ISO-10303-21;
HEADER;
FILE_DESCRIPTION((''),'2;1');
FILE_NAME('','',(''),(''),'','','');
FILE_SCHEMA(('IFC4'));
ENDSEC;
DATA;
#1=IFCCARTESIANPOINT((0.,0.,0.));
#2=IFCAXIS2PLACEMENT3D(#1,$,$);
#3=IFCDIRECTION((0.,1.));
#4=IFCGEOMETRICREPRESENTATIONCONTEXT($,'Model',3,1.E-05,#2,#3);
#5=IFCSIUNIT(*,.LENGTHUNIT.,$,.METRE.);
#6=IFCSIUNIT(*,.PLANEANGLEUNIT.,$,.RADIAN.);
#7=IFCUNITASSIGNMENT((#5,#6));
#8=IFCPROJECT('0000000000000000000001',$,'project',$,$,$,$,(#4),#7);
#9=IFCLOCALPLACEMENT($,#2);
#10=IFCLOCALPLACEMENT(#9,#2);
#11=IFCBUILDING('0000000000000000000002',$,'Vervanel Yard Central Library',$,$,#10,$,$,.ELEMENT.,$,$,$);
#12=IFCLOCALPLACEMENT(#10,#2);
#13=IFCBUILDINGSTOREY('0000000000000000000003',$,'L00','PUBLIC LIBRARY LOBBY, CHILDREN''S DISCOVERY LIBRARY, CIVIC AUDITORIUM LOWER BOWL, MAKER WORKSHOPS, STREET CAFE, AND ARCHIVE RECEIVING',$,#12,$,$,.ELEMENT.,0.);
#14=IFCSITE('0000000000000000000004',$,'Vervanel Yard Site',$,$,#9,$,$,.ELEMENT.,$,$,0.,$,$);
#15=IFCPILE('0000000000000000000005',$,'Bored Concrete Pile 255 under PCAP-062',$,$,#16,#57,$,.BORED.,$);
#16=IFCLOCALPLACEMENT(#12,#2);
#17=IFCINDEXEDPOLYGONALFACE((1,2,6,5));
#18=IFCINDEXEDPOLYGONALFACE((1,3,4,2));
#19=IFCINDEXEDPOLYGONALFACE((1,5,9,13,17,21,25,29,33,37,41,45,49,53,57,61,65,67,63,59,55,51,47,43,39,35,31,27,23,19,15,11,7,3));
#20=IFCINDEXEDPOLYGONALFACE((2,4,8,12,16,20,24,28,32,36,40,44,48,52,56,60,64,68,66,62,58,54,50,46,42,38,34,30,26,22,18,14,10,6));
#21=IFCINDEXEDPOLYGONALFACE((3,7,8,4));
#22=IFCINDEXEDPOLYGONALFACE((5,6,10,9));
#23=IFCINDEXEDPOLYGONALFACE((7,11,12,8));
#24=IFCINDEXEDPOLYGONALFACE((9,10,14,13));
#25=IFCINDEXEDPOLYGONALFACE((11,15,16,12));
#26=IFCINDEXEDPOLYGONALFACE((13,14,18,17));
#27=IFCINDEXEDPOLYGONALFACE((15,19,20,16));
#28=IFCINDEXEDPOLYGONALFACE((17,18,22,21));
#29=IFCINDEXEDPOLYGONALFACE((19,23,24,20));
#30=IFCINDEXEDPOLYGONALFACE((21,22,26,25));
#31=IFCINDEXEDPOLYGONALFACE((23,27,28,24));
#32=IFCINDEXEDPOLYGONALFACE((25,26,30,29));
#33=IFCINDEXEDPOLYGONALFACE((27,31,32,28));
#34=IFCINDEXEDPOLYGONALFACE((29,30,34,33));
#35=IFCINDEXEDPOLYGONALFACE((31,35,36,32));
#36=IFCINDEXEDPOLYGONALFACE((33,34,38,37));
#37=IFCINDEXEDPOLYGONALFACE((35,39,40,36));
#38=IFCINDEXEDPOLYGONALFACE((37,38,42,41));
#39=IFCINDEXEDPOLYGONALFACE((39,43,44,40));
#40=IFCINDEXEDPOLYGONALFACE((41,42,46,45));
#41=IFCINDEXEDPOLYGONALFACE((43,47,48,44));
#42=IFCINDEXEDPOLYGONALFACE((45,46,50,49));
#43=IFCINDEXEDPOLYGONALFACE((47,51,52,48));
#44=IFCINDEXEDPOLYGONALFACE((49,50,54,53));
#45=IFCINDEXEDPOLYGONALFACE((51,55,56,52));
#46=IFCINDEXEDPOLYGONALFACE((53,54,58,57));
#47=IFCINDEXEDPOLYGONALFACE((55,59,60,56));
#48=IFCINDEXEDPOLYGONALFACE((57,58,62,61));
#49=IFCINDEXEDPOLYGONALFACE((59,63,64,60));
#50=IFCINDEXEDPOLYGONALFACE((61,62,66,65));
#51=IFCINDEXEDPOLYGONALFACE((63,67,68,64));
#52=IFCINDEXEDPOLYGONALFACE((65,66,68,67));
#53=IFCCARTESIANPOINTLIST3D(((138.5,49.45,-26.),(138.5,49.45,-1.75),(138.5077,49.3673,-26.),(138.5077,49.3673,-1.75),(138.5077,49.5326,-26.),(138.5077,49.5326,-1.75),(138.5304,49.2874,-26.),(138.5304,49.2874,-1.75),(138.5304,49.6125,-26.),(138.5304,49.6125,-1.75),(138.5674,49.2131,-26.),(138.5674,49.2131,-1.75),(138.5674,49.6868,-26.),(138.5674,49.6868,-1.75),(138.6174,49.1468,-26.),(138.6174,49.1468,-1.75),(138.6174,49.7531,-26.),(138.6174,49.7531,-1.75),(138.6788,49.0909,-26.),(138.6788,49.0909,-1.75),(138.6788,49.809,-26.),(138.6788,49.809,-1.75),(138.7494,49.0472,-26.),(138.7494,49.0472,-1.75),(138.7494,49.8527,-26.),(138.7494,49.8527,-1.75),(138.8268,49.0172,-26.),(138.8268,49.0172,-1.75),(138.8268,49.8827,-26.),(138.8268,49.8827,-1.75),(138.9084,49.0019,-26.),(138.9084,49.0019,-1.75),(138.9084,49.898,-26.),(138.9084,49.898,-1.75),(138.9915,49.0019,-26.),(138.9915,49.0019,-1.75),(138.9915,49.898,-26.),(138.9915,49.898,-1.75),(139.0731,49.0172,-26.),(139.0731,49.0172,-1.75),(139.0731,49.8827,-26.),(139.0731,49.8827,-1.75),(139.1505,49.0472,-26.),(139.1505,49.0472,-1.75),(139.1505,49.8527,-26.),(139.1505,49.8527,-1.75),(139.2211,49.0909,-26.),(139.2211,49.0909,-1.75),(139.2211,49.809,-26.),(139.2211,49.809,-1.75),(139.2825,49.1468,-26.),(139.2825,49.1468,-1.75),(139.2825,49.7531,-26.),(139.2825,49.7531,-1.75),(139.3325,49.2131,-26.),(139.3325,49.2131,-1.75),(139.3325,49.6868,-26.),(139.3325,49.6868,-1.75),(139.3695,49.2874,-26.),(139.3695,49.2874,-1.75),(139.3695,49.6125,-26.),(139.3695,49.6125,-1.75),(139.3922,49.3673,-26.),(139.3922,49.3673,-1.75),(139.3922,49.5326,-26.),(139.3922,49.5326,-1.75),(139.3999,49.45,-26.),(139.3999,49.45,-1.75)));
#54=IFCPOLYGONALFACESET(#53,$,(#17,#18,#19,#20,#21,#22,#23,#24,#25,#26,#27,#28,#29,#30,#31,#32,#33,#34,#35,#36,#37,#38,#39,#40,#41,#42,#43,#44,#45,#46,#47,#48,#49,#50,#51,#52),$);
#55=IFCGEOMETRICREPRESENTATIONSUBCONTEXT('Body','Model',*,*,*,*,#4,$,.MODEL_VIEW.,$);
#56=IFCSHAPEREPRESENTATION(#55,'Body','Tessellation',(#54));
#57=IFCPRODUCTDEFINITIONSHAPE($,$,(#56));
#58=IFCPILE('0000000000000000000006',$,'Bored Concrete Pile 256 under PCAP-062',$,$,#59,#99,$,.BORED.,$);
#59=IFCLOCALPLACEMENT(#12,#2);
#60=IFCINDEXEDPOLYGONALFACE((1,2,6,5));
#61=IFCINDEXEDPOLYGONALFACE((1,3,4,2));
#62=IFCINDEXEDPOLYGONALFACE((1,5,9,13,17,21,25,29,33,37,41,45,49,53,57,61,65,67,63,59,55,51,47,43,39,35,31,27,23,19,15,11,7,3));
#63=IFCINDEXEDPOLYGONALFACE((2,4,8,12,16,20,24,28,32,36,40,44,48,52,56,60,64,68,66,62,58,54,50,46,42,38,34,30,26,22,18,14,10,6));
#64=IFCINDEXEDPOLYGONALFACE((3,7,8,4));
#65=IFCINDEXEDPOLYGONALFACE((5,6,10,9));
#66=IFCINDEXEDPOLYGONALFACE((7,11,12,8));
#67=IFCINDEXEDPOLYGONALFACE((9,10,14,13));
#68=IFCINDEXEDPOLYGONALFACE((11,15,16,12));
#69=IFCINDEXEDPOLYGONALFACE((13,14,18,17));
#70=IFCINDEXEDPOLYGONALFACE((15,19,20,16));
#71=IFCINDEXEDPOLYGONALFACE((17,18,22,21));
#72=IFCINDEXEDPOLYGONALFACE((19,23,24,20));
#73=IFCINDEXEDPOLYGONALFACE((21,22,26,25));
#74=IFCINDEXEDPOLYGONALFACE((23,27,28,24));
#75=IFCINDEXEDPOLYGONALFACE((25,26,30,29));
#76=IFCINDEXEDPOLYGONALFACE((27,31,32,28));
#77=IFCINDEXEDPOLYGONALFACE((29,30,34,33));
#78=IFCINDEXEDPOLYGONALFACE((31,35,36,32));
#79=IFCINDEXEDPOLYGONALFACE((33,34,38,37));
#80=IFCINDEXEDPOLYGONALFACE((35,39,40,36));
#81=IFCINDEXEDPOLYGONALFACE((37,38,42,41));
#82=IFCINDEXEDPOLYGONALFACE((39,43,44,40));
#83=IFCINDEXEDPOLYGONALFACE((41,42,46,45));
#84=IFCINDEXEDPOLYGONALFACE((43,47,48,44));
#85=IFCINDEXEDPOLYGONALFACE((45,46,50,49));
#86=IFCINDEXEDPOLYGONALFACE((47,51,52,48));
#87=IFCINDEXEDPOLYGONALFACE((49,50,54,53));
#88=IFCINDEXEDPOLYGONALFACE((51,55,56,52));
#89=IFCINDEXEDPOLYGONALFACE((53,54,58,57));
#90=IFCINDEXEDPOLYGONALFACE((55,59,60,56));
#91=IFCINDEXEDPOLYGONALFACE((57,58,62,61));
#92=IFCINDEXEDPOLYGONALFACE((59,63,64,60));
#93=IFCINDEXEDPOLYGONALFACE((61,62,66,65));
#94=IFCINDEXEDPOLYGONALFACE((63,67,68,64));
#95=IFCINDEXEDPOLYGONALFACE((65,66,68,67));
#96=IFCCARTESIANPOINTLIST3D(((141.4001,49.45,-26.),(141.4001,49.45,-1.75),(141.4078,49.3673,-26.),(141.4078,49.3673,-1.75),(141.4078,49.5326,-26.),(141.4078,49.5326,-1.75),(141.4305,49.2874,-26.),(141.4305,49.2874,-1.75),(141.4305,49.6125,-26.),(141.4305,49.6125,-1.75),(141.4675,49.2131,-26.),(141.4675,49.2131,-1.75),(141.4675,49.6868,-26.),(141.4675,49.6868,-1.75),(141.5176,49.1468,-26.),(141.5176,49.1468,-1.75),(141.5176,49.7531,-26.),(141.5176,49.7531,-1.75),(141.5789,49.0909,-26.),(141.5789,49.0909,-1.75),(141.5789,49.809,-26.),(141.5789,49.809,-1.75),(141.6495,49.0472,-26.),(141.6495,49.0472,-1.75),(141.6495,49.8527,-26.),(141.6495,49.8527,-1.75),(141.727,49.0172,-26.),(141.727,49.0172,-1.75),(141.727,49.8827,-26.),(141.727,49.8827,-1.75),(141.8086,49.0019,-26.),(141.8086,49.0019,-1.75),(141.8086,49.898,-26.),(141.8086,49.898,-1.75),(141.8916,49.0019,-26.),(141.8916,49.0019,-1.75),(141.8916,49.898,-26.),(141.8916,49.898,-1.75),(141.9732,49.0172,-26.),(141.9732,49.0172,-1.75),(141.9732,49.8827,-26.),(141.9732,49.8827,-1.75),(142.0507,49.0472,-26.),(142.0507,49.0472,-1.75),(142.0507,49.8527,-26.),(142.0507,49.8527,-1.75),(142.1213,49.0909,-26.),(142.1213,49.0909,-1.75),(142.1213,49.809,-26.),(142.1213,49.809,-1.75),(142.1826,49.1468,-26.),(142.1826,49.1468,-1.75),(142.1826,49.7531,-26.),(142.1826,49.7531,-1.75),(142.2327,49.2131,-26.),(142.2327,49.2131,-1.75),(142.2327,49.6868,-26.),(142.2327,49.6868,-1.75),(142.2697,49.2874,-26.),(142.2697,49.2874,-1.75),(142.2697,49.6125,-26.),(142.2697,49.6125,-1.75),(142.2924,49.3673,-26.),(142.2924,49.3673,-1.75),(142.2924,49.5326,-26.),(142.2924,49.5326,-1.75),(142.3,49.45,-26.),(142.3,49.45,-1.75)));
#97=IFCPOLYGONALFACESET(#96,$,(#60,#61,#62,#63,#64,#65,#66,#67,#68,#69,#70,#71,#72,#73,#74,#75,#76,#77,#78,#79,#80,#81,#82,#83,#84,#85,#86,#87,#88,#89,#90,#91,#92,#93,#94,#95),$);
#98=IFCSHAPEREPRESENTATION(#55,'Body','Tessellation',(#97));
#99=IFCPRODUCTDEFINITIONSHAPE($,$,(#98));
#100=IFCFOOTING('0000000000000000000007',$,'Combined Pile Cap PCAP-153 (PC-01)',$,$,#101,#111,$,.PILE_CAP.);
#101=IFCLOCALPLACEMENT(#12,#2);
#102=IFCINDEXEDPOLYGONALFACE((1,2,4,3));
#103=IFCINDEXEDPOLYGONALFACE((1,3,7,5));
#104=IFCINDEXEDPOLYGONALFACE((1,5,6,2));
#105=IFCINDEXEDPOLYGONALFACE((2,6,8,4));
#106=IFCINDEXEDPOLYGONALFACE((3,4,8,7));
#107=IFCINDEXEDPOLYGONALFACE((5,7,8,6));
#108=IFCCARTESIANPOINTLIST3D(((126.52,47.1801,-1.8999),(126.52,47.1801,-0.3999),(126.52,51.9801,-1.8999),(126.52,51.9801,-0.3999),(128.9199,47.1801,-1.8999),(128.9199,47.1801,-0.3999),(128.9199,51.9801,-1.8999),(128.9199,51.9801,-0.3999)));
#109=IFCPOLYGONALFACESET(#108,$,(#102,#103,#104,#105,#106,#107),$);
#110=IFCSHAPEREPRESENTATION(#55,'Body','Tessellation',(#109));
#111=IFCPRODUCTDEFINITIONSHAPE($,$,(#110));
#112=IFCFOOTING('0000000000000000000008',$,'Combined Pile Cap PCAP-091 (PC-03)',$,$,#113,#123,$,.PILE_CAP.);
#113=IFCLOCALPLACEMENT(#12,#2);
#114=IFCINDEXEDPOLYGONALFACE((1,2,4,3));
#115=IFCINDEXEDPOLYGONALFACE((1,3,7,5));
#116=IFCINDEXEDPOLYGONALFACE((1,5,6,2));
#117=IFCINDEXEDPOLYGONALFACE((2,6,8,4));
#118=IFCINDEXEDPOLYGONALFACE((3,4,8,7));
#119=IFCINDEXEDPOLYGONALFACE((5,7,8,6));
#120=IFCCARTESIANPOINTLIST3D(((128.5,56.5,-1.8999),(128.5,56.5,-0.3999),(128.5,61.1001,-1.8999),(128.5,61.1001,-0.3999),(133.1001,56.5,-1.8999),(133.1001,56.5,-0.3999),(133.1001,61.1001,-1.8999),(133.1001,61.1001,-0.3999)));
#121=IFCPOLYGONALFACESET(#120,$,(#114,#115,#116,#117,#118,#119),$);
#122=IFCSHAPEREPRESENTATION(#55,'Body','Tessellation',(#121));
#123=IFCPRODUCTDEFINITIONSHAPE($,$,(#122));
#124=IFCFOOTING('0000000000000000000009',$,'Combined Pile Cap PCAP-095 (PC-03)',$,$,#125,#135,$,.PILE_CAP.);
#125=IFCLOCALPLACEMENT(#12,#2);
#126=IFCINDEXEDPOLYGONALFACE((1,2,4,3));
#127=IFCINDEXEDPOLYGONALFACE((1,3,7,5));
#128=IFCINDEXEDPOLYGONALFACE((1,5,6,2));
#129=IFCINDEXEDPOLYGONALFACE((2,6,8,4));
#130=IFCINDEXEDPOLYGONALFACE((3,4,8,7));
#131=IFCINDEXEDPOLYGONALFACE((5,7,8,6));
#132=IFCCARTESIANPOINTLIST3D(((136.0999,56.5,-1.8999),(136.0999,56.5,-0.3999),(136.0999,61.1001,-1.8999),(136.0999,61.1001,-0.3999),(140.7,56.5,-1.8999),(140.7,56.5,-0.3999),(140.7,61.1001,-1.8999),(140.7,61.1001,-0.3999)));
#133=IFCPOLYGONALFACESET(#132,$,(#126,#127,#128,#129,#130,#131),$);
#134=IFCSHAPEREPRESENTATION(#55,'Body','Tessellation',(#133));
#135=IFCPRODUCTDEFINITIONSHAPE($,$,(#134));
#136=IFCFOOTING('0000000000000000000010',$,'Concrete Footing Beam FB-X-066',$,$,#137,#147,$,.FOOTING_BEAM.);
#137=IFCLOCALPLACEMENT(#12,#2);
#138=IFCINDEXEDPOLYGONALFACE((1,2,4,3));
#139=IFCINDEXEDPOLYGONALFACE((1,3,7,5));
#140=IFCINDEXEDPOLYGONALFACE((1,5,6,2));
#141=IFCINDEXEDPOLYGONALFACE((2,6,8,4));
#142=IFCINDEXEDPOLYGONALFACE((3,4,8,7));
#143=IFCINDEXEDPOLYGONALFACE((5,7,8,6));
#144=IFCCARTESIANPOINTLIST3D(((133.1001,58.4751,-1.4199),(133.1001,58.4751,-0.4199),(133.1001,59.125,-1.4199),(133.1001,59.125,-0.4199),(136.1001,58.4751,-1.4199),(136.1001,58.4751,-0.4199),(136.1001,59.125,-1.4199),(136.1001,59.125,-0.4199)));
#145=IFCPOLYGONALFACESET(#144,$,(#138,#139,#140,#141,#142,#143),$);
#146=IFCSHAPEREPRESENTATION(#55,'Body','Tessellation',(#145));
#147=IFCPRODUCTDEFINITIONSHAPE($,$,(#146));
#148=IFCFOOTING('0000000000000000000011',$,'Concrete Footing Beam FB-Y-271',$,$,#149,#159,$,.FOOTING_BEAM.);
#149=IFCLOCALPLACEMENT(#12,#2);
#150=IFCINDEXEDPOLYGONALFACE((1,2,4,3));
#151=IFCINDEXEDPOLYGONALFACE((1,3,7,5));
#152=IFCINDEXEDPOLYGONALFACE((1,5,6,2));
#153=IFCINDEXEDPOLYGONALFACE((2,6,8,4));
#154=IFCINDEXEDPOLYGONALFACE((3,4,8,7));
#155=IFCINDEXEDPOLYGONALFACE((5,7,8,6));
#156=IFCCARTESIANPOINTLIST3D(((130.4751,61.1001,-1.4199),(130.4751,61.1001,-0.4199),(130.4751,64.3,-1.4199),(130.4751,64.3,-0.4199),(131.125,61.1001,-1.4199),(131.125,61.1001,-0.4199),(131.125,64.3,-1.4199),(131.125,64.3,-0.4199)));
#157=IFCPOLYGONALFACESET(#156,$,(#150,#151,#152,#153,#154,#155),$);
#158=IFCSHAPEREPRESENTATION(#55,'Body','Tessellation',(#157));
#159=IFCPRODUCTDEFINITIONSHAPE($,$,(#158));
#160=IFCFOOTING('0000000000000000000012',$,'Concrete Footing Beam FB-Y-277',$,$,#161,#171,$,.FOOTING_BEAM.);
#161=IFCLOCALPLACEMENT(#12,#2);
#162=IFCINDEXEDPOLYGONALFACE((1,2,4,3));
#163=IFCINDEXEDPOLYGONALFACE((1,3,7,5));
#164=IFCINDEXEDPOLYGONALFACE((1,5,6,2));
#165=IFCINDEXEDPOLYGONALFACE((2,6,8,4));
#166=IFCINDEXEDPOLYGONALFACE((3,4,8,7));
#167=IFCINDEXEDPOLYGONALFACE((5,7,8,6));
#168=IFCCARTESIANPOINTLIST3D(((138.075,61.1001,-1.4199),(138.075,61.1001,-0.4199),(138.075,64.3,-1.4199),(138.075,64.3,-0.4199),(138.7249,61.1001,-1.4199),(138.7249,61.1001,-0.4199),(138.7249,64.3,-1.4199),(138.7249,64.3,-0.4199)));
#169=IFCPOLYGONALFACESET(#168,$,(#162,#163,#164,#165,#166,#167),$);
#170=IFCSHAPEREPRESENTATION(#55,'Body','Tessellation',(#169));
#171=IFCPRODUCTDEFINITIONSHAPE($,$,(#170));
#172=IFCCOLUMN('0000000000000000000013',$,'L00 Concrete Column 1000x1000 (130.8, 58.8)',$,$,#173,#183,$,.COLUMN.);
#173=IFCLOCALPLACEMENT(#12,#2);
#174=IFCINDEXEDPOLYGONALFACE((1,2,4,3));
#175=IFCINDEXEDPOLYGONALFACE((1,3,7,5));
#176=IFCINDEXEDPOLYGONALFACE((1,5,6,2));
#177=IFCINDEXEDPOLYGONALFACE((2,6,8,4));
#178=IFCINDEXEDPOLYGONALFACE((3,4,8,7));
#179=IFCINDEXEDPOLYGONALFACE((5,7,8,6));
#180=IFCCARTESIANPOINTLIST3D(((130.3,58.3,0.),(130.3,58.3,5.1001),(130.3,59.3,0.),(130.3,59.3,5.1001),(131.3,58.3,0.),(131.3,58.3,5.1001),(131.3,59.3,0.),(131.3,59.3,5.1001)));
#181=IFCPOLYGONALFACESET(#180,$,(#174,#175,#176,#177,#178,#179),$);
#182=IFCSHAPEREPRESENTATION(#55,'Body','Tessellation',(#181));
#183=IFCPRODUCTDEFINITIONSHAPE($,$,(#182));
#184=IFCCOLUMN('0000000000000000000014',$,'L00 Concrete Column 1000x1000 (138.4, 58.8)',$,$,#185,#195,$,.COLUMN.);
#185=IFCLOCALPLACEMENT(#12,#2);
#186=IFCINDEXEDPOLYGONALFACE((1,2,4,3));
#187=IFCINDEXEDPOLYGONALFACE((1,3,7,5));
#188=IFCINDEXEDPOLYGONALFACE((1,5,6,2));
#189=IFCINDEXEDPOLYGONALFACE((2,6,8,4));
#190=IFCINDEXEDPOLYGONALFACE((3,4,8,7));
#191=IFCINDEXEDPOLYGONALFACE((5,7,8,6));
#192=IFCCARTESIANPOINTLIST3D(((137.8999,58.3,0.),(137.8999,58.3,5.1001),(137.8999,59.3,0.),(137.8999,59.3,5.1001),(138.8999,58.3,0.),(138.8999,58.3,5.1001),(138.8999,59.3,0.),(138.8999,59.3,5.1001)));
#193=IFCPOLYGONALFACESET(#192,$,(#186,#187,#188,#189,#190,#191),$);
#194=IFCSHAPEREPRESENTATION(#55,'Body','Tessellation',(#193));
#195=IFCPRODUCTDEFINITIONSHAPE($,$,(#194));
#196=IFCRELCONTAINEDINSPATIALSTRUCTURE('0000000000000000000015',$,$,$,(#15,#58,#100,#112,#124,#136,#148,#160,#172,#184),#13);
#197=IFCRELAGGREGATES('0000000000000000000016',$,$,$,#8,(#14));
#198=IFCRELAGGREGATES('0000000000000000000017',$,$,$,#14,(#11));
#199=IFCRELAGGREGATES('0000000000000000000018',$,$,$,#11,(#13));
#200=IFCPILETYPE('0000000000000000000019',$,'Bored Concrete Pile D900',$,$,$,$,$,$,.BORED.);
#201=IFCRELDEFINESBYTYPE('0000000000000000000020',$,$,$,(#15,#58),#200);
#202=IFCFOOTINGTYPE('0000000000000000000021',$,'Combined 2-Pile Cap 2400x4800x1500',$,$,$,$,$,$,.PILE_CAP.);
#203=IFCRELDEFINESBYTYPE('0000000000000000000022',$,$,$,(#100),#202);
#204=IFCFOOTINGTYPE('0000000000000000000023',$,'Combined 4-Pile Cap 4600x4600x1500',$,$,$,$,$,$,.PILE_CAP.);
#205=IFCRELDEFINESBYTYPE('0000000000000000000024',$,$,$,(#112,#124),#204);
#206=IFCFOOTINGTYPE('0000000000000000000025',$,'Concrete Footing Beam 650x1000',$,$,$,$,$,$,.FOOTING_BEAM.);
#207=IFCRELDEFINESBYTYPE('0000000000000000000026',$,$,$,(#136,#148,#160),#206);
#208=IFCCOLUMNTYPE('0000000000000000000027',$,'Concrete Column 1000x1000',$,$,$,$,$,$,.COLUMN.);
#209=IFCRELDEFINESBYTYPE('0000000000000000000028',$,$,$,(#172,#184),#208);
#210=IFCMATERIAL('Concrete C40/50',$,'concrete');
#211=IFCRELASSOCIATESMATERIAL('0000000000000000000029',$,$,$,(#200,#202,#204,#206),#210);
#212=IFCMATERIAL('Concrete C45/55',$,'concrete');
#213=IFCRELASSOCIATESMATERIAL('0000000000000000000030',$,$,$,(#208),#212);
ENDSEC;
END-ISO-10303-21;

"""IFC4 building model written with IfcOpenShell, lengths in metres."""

from ifc_helpers import new_model, si_unit, direction, frame, origin, origin_2d, place, context, subcontext, project, spatial, rectangle, circle, extrude, material, material_profile, profile_set, type_object, element, save


model = new_model("IFC4")

# Units and contexts
model_context = context("Model", 3, precision=1e-05, world=origin(), true_north=direction((0.0, 1.0)))
body_context = subcontext(model_context, "Body", "Model", "MODEL_VIEW")
ifc_project = project(units=[si_unit("LENGTHUNIT", "METRE"), si_unit("PLANEANGLEUNIT", "RADIAN")], contexts=[model_context])

# Site, building, storey
site_placement = place(None, origin())
site = spatial("IfcSite", under=ifc_project, at=site_placement, Name="Vervanel Yard Site", CompositionType="ELEMENT", RefElevation=0.0)
building_placement = place(site_placement, origin())
building = spatial("IfcBuilding", under=site, at=building_placement, Name="Vervanel Yard Central Library", CompositionType="ELEMENT")
storey_placement = place(building_placement, origin())
storey = spatial("IfcBuildingStorey", under=building, at=storey_placement, Name="L00", Description="PUBLIC LIBRARY LOBBY, CHILDREN'S DISCOVERY LIBRARY, CIVIC AUDITORIUM LOWER BOWL, MAKER WORKSHOPS, STREET CAFE, AND ARCHIVE RECEIVING", CompositionType="ELEMENT", Elevation=0.0)

# Piles
ifc_material_1 = material(Name="Concrete C40/50", Category="concrete")
ifc_material_profile_1 = material_profile(ifc_material_1, circle(Radius=0.45, at=origin_2d()), Name="BP D900", Category="concrete")
ifc_profile_set_1 = profile_set([ifc_material_profile_1], Name="Concrete C40/50")
pile_type_1 = type_object("IfcPileType", Name="Bored Concrete Pile D900", PredefinedType="BORED", material=ifc_profile_set_1)
for number, where, z_axis, x_axis, name in (
    (1, (138.95, 49.45, -1.75), (0.0, 0.0, -1.0), (1.0, 0.0, 0.0), "Bored Concrete Pile 255 under PCAP-062"),
    (2, (141.8501, 49.45, -1.75), (0.0, 0.0, -1.0), (1.0, 0.0, 0.0), "Bored Concrete Pile 256 under PCAP-062"),
):
    element("IfcPile", number, at=place(storey_placement, frame(where, z_axis=z_axis, x_axis=x_axis)), inside=storey, type_object=pile_type_1, Name=name, PredefinedType="BORED", context=body_context, shape_type="SweptSolid", body=[
        extrude(circle(Radius=0.45, at=origin_2d()), origin(), (0.0, 0.0, 1.0), 24.25),
    ])

# Footings
footing_type_1 = type_object("IfcFootingType", Name="Combined 2-Pile Cap 2400x4800x1500", PredefinedType="PILE_CAP", material=ifc_material_1)
footing_1_placement = place(storey_placement, frame((127.72, 49.5801, -1.8999), z_axis=(0.0, 0.0, 1.0), x_axis=(1.0, 0.0, 0.0)))
element("IfcFooting", 3, at=footing_1_placement, inside=storey, type_object=footing_type_1, Name="Combined Pile Cap PCAP-153 (PC-01)", PredefinedType="PILE_CAP", context=body_context, shape_type="SweptSolid", body=[
    extrude(rectangle(XDim=2.3999, YDim=4.8, at=origin_2d()), origin(), (0.0, 0.0, 1.0), 1.5),
])
footing_type_2 = type_object("IfcFootingType", Name="Combined 4-Pile Cap 4600x4600x1500", PredefinedType="PILE_CAP", material=ifc_material_1)
for number, where, z_axis, x_axis, name in (
    (4, (130.8, 58.8, -1.8999), (0.0, 0.0, 1.0), (1.0, 0.0, 0.0), "Combined Pile Cap PCAP-091 (PC-03)"),
    (5, (138.3999, 58.8, -1.8999), (0.0, 0.0, 1.0), (1.0, 0.0, 0.0), "Combined Pile Cap PCAP-095 (PC-03)"),
):
    element("IfcFooting", number, at=place(storey_placement, frame(where, z_axis=z_axis, x_axis=x_axis)), inside=storey, type_object=footing_type_2, Name=name, PredefinedType="PILE_CAP", context=body_context, shape_type="SweptSolid", body=[
        extrude(rectangle(XDim=4.6001, YDim=4.6001, at=origin_2d()), origin(), (0.0, 0.0, 1.0), 1.5),
    ])
ifc_material_profile_2 = material_profile(ifc_material_1, rectangle(XDim=0.6499, YDim=1.0, at=origin_2d()), Name="RC 650x1000", Category="concrete")
ifc_profile_set_2 = profile_set([ifc_material_profile_2], Name="Concrete C40/50")
footing_type_3 = type_object("IfcFootingType", Name="Concrete Footing Beam 650x1000", PredefinedType="FOOTING_BEAM", material=ifc_profile_set_2)
footing_2_placement = place(storey_placement, frame((133.1001, 58.8, -0.9199), z_axis=(1.0, 0.0, 0.0), x_axis=(0.0, 1.0, 0.0)))
element("IfcFooting", 6, at=footing_2_placement, inside=storey, type_object=footing_type_3, Name="Concrete Footing Beam FB-X-066", PredefinedType="FOOTING_BEAM", context=body_context, shape_type="SweptSolid", body=[
    extrude(rectangle(XDim=0.6499, YDim=1.0, at=origin_2d()), origin(), (0.0, 0.0, 1.0), 3.0),
])
for number, where, z_axis, x_axis, name in (
    (7, (130.8, 61.1001, -0.9199), (0.0, 1.0, 0.0), (-1.0, 0.0, 0.0), "Concrete Footing Beam FB-Y-271"),
    (8, (138.3999, 61.1001, -0.9199), (0.0, 1.0, 0.0), (-1.0, 0.0, 0.0), "Concrete Footing Beam FB-Y-277"),
):
    element("IfcFooting", number, at=place(storey_placement, frame(where, z_axis=z_axis, x_axis=x_axis)), inside=storey, type_object=footing_type_3, Name=name, PredefinedType="FOOTING_BEAM", context=body_context, shape_type="SweptSolid", body=[
        extrude(rectangle(XDim=0.6499, YDim=1.0, at=origin_2d()), origin(), (0.0, 0.0, 1.0), 3.2),
    ])

# Columns
ifc_material_2 = material(Name="Concrete C45/55", Category="concrete")
ifc_material_profile_3 = material_profile(ifc_material_2, rectangle(XDim=1.0, YDim=1.0, at=origin_2d()), Name="RC 1000x1000", Category="concrete")
ifc_profile_set_3 = profile_set([ifc_material_profile_3], Name="Concrete C45/55")
column_type_1 = type_object("IfcColumnType", Name="Concrete Column 1000x1000", PredefinedType="COLUMN", material=ifc_profile_set_3)
for number, where, z_axis, x_axis, name in (
    (9, (130.8, 58.8, 0.0), (0.0, 0.0, 1.0), (1.0, 0.0, 0.0), "L00 Concrete Column 1000x1000 (130.8, 58.8)"),
    (10, (138.3999, 58.8, 0.0), (0.0, 0.0, 1.0), (1.0, 0.0, 0.0), "L00 Concrete Column 1000x1000 (138.4, 58.8)"),
):
    element("IfcColumn", number, at=place(storey_placement, frame(where, z_axis=z_axis, x_axis=x_axis)), inside=storey, type_object=column_type_1, Name=name, PredefinedType="COLUMN", context=body_context, shape_type="SweptSolid", body=[
        extrude(rectangle(XDim=1.0, YDim=1.0, at=origin_2d()), origin(), (0.0, 0.0, 1.0), 5.1001),
    ])

save(model, "model.ifc")
